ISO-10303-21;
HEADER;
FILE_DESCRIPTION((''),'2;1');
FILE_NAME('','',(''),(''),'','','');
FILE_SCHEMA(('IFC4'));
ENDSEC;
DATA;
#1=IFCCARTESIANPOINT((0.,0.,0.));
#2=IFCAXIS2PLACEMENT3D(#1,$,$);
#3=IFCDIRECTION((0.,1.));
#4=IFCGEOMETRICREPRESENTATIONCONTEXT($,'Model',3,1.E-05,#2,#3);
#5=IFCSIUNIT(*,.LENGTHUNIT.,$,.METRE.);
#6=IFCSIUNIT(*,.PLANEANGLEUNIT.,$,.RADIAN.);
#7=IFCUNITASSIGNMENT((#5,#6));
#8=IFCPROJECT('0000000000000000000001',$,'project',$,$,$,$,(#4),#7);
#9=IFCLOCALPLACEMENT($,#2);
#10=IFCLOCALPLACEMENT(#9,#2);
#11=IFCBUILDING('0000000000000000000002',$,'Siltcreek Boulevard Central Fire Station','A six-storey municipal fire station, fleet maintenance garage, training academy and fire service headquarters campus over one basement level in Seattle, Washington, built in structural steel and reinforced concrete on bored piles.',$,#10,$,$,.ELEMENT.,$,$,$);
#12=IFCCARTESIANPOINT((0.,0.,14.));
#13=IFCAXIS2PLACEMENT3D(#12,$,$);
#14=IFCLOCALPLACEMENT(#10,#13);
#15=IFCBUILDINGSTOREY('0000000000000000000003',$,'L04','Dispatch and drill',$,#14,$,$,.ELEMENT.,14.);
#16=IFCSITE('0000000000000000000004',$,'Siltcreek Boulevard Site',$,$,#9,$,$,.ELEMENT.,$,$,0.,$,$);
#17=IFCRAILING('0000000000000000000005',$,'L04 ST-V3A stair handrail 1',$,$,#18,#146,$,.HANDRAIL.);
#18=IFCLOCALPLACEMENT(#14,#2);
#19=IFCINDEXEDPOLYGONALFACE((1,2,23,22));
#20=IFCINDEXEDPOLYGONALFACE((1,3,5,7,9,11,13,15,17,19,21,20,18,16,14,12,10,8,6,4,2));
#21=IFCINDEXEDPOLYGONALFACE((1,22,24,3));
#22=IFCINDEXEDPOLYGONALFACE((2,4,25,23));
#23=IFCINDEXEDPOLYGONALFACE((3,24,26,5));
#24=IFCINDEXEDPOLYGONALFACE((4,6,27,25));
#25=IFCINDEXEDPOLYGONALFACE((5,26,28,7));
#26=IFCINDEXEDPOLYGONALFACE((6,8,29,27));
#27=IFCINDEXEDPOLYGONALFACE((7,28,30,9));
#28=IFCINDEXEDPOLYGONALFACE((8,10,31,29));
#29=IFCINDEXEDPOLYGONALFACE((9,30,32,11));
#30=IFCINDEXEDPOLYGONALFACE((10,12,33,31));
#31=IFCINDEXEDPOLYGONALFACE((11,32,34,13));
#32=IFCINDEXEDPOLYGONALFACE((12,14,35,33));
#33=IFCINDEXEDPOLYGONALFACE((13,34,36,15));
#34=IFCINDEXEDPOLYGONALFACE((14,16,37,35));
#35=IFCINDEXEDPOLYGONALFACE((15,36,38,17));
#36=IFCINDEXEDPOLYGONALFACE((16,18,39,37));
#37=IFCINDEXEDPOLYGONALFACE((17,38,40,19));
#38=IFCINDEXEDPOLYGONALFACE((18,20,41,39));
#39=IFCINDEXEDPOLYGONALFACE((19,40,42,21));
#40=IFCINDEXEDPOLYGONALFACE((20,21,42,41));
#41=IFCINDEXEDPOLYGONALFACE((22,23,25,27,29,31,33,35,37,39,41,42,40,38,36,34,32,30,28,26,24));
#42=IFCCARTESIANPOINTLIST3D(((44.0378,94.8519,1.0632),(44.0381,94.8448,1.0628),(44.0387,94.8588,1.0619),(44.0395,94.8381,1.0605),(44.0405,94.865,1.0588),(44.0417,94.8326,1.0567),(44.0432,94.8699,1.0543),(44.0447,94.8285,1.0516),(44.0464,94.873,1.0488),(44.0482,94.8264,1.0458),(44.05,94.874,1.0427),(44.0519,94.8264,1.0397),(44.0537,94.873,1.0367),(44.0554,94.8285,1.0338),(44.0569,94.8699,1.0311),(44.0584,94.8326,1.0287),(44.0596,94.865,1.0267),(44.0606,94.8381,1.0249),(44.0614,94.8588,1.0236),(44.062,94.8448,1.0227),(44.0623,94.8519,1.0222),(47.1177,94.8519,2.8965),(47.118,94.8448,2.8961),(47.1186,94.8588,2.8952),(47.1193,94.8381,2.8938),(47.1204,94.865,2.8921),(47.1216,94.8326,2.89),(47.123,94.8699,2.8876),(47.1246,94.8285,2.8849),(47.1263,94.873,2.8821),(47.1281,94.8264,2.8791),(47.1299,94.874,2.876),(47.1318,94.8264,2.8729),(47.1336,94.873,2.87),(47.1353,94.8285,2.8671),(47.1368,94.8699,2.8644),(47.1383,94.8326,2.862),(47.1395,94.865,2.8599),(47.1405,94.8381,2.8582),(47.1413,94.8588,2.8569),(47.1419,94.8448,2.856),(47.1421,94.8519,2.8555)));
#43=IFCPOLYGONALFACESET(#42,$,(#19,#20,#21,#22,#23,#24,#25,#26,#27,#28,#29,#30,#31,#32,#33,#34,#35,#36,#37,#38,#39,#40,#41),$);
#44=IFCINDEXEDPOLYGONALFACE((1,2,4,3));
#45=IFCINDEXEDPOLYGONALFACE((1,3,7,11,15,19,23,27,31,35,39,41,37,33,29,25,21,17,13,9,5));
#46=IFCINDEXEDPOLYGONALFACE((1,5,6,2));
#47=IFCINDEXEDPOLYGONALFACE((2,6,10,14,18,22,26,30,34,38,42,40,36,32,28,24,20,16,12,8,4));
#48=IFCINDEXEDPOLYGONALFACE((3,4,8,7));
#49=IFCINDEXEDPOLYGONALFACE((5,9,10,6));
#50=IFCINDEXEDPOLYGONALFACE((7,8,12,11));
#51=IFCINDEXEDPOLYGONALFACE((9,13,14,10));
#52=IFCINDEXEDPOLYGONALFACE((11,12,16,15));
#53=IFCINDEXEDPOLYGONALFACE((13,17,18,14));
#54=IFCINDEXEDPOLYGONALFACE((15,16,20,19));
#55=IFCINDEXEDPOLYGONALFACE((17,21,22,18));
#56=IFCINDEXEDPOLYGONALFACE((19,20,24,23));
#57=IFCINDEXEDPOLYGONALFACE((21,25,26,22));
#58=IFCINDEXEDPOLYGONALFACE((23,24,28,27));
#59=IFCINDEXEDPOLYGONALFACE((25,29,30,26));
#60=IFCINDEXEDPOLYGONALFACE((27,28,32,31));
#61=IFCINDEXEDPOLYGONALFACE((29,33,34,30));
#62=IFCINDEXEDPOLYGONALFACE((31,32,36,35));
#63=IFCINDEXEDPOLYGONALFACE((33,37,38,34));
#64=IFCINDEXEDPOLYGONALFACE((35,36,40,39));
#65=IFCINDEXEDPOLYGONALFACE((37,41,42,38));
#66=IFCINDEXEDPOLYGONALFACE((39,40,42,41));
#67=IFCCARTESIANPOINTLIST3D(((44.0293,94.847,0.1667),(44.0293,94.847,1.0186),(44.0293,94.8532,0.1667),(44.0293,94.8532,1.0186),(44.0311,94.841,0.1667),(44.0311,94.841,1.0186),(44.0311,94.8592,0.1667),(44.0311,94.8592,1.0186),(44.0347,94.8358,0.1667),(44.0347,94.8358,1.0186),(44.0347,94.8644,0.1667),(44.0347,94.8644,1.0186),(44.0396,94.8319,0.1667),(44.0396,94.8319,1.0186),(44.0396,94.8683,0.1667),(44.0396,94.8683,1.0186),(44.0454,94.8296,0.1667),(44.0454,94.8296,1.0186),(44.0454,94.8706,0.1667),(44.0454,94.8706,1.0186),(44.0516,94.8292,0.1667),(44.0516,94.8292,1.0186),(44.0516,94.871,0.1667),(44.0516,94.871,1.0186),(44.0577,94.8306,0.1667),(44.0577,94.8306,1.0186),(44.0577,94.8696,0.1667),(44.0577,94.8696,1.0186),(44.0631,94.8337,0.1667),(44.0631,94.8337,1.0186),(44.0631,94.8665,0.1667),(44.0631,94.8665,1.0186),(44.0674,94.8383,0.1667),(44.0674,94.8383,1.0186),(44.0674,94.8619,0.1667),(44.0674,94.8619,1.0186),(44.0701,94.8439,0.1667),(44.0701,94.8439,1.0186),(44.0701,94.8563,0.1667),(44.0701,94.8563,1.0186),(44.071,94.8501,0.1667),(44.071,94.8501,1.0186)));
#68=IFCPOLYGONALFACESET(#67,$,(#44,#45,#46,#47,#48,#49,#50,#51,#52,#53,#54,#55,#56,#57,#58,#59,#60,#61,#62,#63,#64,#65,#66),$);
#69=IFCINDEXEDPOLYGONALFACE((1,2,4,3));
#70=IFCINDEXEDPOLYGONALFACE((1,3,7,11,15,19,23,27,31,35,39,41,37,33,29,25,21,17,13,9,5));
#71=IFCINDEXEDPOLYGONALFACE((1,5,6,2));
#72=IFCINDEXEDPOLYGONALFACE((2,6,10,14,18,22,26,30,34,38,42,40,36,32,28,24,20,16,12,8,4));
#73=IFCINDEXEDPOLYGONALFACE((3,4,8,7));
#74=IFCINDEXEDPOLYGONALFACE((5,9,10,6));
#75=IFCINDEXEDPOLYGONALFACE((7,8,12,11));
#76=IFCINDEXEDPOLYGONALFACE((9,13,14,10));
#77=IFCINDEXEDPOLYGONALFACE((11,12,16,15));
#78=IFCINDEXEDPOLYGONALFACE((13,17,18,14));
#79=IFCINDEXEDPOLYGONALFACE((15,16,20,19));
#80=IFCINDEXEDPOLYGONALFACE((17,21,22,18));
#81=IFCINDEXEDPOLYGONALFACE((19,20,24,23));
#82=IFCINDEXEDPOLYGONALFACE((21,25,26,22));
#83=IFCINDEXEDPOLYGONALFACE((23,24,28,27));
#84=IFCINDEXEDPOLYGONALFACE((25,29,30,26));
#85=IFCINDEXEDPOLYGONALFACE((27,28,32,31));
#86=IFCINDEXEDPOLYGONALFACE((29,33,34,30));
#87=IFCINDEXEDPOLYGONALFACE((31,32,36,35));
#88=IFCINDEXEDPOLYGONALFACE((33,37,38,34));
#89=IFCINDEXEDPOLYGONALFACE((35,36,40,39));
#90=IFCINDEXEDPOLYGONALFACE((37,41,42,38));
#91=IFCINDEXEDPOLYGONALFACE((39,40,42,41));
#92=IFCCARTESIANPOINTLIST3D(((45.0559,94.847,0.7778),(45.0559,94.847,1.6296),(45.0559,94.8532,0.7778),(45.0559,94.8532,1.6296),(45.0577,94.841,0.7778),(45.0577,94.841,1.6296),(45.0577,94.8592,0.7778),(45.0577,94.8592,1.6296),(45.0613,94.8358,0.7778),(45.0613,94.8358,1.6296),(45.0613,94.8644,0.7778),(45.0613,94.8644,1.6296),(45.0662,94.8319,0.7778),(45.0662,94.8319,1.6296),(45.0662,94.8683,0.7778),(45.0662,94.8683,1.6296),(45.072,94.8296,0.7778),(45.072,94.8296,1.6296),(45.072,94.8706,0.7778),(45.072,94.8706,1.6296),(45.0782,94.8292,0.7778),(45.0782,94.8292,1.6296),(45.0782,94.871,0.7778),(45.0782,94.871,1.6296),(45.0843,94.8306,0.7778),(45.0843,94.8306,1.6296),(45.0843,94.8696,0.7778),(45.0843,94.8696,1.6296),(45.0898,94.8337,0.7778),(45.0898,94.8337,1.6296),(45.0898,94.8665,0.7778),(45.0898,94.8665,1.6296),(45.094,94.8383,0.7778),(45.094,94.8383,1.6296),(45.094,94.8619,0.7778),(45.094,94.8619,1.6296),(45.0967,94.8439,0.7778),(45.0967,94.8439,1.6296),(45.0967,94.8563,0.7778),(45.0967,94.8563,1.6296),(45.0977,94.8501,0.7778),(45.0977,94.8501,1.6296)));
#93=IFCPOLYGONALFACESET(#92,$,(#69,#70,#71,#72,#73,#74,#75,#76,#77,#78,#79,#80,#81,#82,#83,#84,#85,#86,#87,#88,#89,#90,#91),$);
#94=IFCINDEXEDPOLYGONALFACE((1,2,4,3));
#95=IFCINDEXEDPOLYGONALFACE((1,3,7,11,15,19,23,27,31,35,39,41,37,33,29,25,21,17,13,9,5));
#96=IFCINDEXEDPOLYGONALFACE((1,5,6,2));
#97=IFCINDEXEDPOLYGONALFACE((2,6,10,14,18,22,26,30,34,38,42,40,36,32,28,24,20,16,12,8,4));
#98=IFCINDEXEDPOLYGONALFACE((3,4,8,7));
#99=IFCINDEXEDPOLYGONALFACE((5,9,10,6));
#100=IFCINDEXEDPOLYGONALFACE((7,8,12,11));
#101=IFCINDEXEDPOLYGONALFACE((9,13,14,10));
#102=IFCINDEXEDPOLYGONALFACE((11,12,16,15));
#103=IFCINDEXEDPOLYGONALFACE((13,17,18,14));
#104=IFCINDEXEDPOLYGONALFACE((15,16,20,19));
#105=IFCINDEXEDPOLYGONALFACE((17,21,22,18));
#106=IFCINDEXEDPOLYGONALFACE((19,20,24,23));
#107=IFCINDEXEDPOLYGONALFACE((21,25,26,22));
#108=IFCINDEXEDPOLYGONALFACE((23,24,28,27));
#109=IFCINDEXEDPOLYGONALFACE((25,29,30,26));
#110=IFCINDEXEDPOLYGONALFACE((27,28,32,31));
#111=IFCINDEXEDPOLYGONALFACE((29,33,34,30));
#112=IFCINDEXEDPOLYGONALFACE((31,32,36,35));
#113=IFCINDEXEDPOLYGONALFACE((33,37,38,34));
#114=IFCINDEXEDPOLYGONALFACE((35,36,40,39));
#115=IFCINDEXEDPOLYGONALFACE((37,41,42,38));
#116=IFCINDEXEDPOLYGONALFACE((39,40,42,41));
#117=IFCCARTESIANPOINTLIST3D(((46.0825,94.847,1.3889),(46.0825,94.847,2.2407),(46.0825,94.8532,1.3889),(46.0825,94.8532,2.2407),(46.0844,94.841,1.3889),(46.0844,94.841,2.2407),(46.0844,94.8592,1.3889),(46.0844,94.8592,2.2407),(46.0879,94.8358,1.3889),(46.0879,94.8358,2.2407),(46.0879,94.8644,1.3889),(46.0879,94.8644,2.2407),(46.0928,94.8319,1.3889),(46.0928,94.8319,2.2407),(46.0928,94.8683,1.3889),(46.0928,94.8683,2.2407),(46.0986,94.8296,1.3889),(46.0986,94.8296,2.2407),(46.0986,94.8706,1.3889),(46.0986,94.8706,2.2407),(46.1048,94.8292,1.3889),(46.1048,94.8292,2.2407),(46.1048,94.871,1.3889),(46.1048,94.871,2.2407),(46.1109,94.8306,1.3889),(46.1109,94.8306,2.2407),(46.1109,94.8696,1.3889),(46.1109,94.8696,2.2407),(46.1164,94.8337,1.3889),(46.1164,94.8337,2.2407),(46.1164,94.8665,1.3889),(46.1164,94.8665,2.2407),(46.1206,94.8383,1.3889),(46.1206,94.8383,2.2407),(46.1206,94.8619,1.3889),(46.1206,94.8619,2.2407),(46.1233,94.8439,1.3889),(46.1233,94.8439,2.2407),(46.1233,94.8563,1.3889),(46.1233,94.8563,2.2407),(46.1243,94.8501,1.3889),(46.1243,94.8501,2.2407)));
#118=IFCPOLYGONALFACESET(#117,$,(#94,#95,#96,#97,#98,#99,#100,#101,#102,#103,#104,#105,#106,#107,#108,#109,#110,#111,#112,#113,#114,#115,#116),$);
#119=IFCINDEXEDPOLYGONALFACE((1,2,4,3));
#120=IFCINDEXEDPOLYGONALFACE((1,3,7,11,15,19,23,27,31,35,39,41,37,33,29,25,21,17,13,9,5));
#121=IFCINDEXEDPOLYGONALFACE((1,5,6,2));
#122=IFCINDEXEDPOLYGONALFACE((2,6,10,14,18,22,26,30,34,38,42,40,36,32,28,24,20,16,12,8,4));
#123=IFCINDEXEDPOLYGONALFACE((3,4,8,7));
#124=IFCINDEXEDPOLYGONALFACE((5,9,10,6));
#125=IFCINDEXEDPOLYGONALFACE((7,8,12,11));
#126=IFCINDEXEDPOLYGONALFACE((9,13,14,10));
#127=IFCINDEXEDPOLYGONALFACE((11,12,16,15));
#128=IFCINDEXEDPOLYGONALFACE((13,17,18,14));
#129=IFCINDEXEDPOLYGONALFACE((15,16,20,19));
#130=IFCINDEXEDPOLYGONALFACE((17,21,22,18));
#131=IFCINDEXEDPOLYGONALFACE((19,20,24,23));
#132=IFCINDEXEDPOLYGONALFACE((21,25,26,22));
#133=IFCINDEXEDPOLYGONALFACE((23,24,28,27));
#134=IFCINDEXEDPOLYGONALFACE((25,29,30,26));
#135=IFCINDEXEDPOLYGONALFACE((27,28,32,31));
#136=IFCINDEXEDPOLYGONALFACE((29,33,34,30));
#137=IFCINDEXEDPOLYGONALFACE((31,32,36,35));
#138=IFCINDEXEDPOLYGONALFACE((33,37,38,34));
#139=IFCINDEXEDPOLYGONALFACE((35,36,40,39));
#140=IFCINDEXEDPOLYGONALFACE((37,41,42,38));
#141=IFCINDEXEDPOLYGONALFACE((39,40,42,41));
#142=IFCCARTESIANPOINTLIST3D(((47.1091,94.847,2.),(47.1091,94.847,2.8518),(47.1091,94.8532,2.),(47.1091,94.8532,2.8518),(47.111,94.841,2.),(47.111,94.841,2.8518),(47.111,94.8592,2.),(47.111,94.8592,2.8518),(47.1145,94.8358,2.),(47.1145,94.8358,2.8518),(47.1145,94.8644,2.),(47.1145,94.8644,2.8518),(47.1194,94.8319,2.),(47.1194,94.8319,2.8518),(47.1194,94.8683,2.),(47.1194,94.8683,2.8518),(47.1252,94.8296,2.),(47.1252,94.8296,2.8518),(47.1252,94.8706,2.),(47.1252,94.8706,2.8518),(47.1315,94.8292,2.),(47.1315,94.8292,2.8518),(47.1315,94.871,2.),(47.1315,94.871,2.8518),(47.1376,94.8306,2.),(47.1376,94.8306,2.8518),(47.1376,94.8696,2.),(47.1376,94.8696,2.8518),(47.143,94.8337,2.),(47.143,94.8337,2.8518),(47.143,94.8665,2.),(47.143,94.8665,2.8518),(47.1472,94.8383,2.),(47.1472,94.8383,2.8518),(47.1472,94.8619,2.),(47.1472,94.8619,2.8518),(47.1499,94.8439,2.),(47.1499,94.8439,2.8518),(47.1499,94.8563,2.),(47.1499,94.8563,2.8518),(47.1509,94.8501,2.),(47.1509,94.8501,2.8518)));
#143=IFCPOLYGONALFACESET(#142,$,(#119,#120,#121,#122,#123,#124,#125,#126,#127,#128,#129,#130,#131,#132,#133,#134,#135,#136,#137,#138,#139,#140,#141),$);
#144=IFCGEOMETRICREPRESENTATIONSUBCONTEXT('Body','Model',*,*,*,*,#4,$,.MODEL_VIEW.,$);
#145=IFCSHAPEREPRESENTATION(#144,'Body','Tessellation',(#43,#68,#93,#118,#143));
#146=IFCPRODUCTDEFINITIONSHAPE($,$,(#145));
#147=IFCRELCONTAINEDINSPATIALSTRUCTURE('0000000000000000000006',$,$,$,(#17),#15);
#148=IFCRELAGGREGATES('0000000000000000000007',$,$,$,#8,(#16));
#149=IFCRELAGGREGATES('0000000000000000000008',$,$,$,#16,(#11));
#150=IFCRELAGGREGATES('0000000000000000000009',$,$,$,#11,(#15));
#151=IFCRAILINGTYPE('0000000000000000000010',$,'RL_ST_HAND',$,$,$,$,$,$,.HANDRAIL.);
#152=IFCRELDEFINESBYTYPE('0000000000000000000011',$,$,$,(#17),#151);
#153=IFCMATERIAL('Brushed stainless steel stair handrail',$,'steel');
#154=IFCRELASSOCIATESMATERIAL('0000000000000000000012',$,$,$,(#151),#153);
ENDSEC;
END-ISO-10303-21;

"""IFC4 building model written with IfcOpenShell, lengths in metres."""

from ifc_helpers import new_model, si_unit, direction, frame, origin, origin_2d, place, context, subcontext, project, spatial, circle, extrude, material, type_object, element, save


model = new_model("IFC4")

# Units and contexts
model_context = context("Model", 3, precision=1e-05, world=origin(), true_north=direction((0.0, 1.0)))
body_context = subcontext(model_context, "Body", "Model", "MODEL_VIEW")
ifc_project = project(units=[si_unit("LENGTHUNIT", "METRE"), si_unit("PLANEANGLEUNIT", "RADIAN")], contexts=[model_context])

# Site, building, storey
site_placement = place(None, origin())
site = spatial("IfcSite", under=ifc_project, at=site_placement, Name="Siltcreek Boulevard Site", CompositionType="ELEMENT", RefElevation=0.0)
building_placement = place(site_placement, origin())
building = spatial("IfcBuilding", under=site, at=building_placement, Name="Siltcreek Boulevard Central Fire Station", Description="A six-storey municipal fire station, fleet maintenance garage, training academy and fire service headquarters campus over one basement level in Seattle, Washington, built in structural steel and reinforced concrete on bored piles.", CompositionType="ELEMENT")
storey_placement = place(building_placement, frame((0.0, 0.0, 14.0)))
storey = spatial("IfcBuildingStorey", under=building, at=storey_placement, Name="L04", Description="Dispatch and drill", CompositionType="ELEMENT", Elevation=14.0)

# Railing
ifc_material_1 = material(Name="Brushed stainless steel stair handrail", Category="steel")
railing_type_1 = type_object("IfcRailingType", Name="RL_ST_HAND", PredefinedType="HANDRAIL", material=ifc_material_1)
railing_1_placement = place(storey_placement, frame((44.05, 94.8501, 0.1667)))
element("IfcRailing", 1, at=railing_1_placement, inside=storey, type_object=railing_type_1, Name="L04 ST-V3A stair handrail 1", PredefinedType="HANDRAIL", context=body_context, shape_type="SweptSolid", body=[
    extrude(circle(Radius=0.0239, at=origin_2d()), frame((0.0, 0.0, 0.876), z_axis=(0.859291, 0.0, 0.511487), x_axis=(0.0, 1.0, 0.0)), (0.0, 0.0, 1.0), 3.5842),
    extrude(circle(Radius=0.021, at=origin_2d()), origin(), (0.0, 0.0, 1.0), 0.8518),
    extrude(circle(Radius=0.021, at=origin_2d()), frame((1.0266, 0.0, 0.6111)), (0.0, 0.0, 1.0), 0.8518),
    extrude(circle(Radius=0.021, at=origin_2d()), frame((2.0532, 0.0, 1.2222)), (0.0, 0.0, 1.0), 0.8518),
    extrude(circle(Radius=0.021, at=origin_2d()), frame((3.0798, 0.0, 1.8333)), (0.0, 0.0, 1.0), 0.8518),
])

save(model, "model.ifc")
